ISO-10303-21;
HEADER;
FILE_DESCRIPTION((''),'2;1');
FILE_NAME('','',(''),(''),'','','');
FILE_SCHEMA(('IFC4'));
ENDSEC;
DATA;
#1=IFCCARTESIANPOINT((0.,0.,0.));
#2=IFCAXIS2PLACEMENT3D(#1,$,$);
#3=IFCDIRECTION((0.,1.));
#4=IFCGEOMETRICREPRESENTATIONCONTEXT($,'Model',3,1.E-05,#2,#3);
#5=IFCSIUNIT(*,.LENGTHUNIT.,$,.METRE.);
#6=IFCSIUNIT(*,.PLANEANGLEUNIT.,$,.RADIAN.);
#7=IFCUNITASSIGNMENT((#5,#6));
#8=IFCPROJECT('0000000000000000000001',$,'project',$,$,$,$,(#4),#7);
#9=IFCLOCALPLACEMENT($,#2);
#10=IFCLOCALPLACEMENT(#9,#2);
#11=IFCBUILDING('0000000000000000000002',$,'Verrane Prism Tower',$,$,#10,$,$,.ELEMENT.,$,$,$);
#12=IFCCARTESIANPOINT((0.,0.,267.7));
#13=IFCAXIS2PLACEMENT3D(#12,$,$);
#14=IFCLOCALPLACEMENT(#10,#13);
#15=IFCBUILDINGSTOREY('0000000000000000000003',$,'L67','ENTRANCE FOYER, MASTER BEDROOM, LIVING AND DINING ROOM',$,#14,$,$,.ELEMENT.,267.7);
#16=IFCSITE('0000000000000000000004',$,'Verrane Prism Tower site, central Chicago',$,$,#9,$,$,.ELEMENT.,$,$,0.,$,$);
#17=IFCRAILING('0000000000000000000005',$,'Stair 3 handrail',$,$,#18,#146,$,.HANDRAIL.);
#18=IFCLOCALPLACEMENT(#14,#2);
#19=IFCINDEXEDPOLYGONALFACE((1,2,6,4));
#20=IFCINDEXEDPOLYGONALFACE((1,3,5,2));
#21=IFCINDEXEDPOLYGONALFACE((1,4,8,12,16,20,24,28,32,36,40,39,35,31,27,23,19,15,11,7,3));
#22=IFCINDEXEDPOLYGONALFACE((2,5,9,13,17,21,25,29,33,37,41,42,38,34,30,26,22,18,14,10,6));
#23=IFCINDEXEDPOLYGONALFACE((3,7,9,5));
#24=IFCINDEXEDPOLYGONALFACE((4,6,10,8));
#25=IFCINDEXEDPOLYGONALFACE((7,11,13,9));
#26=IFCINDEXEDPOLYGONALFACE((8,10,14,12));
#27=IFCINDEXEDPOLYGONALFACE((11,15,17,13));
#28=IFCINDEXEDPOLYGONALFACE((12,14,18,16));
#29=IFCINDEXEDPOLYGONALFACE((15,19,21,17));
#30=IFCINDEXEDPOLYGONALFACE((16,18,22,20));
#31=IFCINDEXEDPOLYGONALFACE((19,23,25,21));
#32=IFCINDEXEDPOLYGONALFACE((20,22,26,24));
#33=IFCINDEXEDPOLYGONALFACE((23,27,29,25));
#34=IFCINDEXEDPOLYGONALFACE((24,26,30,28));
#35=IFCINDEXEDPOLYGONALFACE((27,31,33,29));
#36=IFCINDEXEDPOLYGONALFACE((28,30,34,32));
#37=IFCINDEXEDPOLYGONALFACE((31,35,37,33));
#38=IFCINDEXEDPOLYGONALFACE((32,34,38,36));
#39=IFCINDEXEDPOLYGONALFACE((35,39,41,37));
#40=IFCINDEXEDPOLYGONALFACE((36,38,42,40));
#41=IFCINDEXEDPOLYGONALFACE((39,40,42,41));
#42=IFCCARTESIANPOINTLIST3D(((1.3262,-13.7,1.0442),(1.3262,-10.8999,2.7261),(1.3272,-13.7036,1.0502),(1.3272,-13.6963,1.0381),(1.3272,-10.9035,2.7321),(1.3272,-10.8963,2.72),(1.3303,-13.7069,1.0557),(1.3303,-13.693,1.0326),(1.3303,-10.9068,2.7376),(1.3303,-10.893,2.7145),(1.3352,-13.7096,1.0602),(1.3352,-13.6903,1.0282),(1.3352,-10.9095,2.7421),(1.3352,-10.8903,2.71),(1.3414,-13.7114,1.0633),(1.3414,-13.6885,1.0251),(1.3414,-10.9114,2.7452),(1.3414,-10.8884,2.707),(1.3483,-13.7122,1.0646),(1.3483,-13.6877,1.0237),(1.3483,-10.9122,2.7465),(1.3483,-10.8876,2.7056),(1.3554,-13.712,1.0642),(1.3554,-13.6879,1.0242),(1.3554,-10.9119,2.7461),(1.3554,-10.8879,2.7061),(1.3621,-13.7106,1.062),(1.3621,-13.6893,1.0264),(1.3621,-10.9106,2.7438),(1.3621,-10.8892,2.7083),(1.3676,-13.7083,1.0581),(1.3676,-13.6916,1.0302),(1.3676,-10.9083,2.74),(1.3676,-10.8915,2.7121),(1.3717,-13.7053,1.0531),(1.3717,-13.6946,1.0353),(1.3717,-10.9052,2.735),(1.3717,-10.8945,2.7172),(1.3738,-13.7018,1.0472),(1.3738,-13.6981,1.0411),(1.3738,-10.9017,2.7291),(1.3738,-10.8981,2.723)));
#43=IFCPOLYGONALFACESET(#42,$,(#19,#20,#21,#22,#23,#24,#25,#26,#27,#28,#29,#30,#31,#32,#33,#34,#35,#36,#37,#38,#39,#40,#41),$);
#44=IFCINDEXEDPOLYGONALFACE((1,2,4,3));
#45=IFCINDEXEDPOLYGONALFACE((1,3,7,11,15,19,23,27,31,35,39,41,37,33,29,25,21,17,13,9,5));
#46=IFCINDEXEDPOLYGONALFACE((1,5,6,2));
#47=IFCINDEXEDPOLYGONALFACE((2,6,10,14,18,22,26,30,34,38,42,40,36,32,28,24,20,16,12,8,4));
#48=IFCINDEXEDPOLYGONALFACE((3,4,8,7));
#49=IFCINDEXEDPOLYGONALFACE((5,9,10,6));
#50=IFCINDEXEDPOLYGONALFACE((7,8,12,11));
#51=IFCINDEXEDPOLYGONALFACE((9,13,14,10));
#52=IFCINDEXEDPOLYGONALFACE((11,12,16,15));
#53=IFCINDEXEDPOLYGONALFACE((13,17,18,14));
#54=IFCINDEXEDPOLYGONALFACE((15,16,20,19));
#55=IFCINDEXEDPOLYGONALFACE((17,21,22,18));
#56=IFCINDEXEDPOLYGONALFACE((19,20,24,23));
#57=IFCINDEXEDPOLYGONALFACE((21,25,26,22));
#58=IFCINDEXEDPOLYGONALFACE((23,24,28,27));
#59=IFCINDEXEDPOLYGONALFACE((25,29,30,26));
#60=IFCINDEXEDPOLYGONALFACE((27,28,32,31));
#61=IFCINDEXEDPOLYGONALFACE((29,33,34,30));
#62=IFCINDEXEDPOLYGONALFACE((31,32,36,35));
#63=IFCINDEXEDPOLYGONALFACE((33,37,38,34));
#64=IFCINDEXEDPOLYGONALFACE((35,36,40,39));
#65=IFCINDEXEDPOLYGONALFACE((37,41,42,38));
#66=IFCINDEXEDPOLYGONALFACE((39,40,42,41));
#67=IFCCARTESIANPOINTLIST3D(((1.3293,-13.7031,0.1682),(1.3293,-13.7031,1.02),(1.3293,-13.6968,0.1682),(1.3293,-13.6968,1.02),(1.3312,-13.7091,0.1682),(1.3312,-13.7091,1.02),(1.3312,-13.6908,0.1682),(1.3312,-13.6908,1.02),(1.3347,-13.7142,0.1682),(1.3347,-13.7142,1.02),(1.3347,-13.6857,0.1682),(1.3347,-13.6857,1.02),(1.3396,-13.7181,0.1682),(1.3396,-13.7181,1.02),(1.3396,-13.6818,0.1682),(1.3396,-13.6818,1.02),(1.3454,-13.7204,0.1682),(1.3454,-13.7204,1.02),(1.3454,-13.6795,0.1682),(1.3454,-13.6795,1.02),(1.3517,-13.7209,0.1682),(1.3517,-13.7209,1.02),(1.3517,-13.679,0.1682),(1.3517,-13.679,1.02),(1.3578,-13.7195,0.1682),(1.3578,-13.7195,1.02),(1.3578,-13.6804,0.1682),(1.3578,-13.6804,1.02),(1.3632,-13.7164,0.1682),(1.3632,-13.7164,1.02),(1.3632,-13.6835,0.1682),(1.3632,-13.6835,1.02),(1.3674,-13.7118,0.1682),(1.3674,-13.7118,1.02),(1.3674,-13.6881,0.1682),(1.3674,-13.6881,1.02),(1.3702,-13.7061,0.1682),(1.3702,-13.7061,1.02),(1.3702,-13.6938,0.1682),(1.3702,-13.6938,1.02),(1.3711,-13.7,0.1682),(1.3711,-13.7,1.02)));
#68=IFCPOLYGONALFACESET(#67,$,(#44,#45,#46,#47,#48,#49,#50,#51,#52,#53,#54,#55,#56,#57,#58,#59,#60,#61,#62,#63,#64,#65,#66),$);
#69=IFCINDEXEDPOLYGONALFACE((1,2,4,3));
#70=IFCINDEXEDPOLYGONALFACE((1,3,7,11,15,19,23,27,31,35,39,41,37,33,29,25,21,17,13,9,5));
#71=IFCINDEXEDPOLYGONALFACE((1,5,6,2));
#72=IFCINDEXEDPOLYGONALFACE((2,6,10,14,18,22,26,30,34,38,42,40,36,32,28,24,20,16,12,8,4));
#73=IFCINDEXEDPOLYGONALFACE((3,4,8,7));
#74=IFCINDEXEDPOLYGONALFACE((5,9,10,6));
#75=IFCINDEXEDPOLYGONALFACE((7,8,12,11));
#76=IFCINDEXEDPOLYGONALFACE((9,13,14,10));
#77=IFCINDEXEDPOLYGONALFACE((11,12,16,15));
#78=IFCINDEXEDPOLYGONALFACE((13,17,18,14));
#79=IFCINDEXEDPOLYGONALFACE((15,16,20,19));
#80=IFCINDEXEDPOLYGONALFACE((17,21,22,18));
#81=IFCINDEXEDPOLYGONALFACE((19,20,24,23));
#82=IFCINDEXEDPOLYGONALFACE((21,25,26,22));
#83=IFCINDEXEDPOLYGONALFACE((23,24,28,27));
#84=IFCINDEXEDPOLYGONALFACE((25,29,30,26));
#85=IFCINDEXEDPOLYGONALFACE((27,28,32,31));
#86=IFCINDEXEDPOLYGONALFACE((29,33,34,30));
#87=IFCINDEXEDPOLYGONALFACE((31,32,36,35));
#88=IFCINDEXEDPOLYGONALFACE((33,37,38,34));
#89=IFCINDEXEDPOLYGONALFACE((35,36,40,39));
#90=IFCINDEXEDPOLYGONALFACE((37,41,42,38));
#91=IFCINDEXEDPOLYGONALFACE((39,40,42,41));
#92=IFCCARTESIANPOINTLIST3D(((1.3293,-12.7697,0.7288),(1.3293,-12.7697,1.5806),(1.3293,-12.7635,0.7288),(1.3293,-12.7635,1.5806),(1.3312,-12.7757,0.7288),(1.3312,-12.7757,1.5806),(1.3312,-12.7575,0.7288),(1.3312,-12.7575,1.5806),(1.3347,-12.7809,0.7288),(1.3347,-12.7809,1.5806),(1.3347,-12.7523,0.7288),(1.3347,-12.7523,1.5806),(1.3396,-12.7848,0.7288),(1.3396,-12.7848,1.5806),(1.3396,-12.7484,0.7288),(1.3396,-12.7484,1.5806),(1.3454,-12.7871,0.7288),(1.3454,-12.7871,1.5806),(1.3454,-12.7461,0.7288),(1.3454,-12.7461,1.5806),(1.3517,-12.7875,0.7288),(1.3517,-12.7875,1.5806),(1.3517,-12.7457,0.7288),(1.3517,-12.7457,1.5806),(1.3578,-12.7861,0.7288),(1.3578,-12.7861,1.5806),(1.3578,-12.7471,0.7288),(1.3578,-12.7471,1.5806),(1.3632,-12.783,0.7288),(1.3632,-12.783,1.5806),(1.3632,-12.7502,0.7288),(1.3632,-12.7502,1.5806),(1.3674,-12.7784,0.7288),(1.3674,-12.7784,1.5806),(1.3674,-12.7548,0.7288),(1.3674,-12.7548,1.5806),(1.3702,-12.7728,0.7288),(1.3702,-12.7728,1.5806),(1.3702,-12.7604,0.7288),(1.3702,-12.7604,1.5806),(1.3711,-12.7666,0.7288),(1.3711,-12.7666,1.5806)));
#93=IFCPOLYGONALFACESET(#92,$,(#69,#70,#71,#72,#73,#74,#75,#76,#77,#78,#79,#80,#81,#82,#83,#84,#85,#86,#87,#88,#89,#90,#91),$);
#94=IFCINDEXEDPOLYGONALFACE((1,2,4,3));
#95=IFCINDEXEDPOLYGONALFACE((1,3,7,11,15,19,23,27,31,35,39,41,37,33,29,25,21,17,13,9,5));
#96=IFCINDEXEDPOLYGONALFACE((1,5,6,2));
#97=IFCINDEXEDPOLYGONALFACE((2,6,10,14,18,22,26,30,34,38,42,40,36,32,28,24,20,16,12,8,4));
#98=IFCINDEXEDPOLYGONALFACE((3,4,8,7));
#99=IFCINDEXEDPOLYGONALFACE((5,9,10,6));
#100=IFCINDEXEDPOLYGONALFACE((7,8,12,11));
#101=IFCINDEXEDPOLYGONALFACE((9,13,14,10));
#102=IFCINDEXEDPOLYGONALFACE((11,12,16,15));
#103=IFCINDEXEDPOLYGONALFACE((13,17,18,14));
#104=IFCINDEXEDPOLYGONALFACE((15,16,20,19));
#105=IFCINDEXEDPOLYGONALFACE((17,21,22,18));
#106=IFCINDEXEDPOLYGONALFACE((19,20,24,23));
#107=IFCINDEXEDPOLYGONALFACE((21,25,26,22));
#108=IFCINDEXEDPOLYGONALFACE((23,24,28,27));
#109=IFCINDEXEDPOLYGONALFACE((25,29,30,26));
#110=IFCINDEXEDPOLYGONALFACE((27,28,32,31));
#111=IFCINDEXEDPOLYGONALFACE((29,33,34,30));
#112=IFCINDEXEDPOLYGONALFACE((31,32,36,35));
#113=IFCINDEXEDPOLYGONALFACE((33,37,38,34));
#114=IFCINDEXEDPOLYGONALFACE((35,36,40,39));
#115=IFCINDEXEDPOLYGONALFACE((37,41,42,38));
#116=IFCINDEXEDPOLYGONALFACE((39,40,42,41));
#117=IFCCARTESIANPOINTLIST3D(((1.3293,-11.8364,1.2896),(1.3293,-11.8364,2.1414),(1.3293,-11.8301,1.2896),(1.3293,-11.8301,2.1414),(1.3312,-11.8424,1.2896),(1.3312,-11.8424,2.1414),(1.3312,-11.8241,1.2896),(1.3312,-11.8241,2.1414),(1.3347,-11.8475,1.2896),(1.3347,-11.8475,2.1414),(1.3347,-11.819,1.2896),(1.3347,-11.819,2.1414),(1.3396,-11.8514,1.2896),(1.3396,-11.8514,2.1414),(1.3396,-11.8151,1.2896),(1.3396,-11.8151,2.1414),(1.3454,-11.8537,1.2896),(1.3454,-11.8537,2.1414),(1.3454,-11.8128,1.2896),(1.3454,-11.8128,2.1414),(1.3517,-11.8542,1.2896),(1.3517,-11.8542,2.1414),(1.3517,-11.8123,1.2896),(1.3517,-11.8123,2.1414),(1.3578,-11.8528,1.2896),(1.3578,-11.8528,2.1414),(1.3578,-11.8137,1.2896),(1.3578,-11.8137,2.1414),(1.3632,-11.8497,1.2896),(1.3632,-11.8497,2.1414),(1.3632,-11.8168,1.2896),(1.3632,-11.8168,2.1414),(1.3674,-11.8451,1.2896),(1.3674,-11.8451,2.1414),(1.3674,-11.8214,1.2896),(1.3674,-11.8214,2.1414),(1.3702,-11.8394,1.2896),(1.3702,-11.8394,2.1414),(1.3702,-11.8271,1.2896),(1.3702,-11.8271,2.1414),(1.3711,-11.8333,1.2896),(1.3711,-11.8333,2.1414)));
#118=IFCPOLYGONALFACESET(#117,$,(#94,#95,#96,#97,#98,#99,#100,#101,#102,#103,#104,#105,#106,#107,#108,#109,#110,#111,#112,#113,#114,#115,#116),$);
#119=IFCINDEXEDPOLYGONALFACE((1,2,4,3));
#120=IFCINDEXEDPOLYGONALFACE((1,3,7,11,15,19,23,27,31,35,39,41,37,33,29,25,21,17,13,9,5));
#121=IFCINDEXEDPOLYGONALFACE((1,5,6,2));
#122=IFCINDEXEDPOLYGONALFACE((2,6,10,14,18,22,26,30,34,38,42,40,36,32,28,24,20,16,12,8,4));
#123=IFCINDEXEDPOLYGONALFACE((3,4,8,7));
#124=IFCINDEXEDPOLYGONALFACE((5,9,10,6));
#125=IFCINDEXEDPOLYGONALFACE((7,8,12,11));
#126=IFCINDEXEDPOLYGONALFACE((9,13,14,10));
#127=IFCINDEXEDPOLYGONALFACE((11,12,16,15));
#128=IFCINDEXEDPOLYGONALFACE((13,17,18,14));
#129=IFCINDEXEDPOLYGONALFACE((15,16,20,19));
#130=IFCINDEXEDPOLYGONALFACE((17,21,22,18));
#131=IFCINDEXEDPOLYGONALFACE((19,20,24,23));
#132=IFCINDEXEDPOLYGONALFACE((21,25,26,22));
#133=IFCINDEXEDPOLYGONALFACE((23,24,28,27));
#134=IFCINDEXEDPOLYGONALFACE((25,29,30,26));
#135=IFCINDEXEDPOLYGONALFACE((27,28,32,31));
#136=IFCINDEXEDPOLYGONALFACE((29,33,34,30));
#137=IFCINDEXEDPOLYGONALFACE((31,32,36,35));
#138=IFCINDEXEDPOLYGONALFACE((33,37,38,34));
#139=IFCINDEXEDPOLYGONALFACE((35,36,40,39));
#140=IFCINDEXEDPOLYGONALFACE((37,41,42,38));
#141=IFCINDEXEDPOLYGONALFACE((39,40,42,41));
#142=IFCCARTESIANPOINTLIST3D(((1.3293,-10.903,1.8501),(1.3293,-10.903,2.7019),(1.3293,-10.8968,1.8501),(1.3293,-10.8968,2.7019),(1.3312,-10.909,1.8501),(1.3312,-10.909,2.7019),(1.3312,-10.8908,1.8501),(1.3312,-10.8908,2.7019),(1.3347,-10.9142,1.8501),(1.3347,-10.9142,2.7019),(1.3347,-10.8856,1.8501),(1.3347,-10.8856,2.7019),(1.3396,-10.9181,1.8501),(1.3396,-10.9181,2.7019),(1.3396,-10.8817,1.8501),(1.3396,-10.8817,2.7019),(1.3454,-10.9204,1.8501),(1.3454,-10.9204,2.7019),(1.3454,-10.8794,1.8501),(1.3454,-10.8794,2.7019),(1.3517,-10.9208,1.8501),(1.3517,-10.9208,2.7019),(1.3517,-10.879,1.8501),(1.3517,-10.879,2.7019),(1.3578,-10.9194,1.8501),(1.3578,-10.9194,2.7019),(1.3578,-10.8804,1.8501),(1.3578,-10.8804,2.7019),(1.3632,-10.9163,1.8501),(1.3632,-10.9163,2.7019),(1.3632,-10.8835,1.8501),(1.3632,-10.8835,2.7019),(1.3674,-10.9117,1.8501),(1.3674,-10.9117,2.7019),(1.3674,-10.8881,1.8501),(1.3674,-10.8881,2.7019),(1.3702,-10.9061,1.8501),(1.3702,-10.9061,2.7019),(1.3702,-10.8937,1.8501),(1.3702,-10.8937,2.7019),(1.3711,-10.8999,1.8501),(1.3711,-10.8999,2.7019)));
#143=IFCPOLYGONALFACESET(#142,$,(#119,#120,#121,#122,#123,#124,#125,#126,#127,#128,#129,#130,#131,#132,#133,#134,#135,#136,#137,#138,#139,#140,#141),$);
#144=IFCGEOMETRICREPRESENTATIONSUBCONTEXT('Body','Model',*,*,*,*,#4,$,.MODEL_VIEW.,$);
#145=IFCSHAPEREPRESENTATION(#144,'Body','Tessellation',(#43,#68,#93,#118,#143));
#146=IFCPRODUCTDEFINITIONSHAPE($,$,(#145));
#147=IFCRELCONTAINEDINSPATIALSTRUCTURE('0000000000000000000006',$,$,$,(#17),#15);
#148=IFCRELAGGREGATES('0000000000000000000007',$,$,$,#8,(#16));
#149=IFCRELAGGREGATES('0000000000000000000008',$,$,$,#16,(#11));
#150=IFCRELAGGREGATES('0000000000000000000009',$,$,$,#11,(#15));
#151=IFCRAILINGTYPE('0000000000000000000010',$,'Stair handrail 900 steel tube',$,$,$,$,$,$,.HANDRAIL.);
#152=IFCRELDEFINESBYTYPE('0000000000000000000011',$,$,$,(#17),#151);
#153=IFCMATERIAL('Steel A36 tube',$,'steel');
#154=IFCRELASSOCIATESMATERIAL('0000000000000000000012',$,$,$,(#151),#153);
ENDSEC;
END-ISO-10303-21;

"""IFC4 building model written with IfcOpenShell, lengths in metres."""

from ifc_helpers import new_model, si_unit, direction, frame, origin, origin_2d, place, context, subcontext, project, spatial, circle, extrude, material, type_object, element, save


model = new_model("IFC4")

# Units and contexts
model_context = context("Model", 3, precision=1e-05, world=origin(), true_north=direction((0.0, 1.0)))
body_context = subcontext(model_context, "Body", "Model", "MODEL_VIEW")
ifc_project = project(units=[si_unit("LENGTHUNIT", "METRE"), si_unit("PLANEANGLEUNIT", "RADIAN")], contexts=[model_context])

# Site, building, storey
site_placement = place(None, origin())
site = spatial("IfcSite", under=ifc_project, at=site_placement, Name="Verrane Prism Tower site, central Chicago", CompositionType="ELEMENT", RefElevation=0.0)
building_placement = place(site_placement, origin())
building = spatial("IfcBuilding", under=site, at=building_placement, Name="Verrane Prism Tower", CompositionType="ELEMENT")
storey_placement = place(building_placement, frame((0.0, 0.0, 267.7)))
storey = spatial("IfcBuildingStorey", under=building, at=storey_placement, Name="L67", Description="ENTRANCE FOYER, MASTER BEDROOM, LIVING AND DINING ROOM", CompositionType="ELEMENT", Elevation=267.7)

# Railing
ifc_material_1 = material(Name="Steel A36 tube", Category="steel")
railing_type_1 = type_object("IfcRailingType", Name="Stair handrail 900 steel tube", PredefinedType="HANDRAIL", material=ifc_material_1)
railing_1_placement = place(storey_placement, frame((1.3501, -13.7, 0.1682)))
element("IfcRailing", 1, at=railing_1_placement, inside=storey, type_object=railing_type_1, Name="Stair 3 handrail", PredefinedType="HANDRAIL", context=body_context, shape_type="SweptSolid", body=[
    extrude(circle(Radius=0.0239, at=origin_2d()), frame((0.0, 0.0, 0.876), z_axis=(0.0, 0.857242, 0.514913), x_axis=(-1.0, 0.0, 0.0)), (0.0, 0.0, 1.0), 3.2664),
    extrude(circle(Radius=0.021, at=origin_2d()), origin(), (0.0, 0.0, 1.0), 0.8518),
    extrude(circle(Radius=0.021, at=origin_2d()), frame((0.0, 0.9333, 0.5605)), (0.0, 0.0, 1.0), 0.8518),
    extrude(circle(Radius=0.021, at=origin_2d()), frame((0.0, 1.8667, 1.1213)), (0.0, 0.0, 1.0), 0.8518),
    extrude(circle(Radius=0.021, at=origin_2d()), frame((0.0, 2.8, 1.6819)), (0.0, 0.0, 1.0), 0.8518),
])

save(model, "model.ifc")
